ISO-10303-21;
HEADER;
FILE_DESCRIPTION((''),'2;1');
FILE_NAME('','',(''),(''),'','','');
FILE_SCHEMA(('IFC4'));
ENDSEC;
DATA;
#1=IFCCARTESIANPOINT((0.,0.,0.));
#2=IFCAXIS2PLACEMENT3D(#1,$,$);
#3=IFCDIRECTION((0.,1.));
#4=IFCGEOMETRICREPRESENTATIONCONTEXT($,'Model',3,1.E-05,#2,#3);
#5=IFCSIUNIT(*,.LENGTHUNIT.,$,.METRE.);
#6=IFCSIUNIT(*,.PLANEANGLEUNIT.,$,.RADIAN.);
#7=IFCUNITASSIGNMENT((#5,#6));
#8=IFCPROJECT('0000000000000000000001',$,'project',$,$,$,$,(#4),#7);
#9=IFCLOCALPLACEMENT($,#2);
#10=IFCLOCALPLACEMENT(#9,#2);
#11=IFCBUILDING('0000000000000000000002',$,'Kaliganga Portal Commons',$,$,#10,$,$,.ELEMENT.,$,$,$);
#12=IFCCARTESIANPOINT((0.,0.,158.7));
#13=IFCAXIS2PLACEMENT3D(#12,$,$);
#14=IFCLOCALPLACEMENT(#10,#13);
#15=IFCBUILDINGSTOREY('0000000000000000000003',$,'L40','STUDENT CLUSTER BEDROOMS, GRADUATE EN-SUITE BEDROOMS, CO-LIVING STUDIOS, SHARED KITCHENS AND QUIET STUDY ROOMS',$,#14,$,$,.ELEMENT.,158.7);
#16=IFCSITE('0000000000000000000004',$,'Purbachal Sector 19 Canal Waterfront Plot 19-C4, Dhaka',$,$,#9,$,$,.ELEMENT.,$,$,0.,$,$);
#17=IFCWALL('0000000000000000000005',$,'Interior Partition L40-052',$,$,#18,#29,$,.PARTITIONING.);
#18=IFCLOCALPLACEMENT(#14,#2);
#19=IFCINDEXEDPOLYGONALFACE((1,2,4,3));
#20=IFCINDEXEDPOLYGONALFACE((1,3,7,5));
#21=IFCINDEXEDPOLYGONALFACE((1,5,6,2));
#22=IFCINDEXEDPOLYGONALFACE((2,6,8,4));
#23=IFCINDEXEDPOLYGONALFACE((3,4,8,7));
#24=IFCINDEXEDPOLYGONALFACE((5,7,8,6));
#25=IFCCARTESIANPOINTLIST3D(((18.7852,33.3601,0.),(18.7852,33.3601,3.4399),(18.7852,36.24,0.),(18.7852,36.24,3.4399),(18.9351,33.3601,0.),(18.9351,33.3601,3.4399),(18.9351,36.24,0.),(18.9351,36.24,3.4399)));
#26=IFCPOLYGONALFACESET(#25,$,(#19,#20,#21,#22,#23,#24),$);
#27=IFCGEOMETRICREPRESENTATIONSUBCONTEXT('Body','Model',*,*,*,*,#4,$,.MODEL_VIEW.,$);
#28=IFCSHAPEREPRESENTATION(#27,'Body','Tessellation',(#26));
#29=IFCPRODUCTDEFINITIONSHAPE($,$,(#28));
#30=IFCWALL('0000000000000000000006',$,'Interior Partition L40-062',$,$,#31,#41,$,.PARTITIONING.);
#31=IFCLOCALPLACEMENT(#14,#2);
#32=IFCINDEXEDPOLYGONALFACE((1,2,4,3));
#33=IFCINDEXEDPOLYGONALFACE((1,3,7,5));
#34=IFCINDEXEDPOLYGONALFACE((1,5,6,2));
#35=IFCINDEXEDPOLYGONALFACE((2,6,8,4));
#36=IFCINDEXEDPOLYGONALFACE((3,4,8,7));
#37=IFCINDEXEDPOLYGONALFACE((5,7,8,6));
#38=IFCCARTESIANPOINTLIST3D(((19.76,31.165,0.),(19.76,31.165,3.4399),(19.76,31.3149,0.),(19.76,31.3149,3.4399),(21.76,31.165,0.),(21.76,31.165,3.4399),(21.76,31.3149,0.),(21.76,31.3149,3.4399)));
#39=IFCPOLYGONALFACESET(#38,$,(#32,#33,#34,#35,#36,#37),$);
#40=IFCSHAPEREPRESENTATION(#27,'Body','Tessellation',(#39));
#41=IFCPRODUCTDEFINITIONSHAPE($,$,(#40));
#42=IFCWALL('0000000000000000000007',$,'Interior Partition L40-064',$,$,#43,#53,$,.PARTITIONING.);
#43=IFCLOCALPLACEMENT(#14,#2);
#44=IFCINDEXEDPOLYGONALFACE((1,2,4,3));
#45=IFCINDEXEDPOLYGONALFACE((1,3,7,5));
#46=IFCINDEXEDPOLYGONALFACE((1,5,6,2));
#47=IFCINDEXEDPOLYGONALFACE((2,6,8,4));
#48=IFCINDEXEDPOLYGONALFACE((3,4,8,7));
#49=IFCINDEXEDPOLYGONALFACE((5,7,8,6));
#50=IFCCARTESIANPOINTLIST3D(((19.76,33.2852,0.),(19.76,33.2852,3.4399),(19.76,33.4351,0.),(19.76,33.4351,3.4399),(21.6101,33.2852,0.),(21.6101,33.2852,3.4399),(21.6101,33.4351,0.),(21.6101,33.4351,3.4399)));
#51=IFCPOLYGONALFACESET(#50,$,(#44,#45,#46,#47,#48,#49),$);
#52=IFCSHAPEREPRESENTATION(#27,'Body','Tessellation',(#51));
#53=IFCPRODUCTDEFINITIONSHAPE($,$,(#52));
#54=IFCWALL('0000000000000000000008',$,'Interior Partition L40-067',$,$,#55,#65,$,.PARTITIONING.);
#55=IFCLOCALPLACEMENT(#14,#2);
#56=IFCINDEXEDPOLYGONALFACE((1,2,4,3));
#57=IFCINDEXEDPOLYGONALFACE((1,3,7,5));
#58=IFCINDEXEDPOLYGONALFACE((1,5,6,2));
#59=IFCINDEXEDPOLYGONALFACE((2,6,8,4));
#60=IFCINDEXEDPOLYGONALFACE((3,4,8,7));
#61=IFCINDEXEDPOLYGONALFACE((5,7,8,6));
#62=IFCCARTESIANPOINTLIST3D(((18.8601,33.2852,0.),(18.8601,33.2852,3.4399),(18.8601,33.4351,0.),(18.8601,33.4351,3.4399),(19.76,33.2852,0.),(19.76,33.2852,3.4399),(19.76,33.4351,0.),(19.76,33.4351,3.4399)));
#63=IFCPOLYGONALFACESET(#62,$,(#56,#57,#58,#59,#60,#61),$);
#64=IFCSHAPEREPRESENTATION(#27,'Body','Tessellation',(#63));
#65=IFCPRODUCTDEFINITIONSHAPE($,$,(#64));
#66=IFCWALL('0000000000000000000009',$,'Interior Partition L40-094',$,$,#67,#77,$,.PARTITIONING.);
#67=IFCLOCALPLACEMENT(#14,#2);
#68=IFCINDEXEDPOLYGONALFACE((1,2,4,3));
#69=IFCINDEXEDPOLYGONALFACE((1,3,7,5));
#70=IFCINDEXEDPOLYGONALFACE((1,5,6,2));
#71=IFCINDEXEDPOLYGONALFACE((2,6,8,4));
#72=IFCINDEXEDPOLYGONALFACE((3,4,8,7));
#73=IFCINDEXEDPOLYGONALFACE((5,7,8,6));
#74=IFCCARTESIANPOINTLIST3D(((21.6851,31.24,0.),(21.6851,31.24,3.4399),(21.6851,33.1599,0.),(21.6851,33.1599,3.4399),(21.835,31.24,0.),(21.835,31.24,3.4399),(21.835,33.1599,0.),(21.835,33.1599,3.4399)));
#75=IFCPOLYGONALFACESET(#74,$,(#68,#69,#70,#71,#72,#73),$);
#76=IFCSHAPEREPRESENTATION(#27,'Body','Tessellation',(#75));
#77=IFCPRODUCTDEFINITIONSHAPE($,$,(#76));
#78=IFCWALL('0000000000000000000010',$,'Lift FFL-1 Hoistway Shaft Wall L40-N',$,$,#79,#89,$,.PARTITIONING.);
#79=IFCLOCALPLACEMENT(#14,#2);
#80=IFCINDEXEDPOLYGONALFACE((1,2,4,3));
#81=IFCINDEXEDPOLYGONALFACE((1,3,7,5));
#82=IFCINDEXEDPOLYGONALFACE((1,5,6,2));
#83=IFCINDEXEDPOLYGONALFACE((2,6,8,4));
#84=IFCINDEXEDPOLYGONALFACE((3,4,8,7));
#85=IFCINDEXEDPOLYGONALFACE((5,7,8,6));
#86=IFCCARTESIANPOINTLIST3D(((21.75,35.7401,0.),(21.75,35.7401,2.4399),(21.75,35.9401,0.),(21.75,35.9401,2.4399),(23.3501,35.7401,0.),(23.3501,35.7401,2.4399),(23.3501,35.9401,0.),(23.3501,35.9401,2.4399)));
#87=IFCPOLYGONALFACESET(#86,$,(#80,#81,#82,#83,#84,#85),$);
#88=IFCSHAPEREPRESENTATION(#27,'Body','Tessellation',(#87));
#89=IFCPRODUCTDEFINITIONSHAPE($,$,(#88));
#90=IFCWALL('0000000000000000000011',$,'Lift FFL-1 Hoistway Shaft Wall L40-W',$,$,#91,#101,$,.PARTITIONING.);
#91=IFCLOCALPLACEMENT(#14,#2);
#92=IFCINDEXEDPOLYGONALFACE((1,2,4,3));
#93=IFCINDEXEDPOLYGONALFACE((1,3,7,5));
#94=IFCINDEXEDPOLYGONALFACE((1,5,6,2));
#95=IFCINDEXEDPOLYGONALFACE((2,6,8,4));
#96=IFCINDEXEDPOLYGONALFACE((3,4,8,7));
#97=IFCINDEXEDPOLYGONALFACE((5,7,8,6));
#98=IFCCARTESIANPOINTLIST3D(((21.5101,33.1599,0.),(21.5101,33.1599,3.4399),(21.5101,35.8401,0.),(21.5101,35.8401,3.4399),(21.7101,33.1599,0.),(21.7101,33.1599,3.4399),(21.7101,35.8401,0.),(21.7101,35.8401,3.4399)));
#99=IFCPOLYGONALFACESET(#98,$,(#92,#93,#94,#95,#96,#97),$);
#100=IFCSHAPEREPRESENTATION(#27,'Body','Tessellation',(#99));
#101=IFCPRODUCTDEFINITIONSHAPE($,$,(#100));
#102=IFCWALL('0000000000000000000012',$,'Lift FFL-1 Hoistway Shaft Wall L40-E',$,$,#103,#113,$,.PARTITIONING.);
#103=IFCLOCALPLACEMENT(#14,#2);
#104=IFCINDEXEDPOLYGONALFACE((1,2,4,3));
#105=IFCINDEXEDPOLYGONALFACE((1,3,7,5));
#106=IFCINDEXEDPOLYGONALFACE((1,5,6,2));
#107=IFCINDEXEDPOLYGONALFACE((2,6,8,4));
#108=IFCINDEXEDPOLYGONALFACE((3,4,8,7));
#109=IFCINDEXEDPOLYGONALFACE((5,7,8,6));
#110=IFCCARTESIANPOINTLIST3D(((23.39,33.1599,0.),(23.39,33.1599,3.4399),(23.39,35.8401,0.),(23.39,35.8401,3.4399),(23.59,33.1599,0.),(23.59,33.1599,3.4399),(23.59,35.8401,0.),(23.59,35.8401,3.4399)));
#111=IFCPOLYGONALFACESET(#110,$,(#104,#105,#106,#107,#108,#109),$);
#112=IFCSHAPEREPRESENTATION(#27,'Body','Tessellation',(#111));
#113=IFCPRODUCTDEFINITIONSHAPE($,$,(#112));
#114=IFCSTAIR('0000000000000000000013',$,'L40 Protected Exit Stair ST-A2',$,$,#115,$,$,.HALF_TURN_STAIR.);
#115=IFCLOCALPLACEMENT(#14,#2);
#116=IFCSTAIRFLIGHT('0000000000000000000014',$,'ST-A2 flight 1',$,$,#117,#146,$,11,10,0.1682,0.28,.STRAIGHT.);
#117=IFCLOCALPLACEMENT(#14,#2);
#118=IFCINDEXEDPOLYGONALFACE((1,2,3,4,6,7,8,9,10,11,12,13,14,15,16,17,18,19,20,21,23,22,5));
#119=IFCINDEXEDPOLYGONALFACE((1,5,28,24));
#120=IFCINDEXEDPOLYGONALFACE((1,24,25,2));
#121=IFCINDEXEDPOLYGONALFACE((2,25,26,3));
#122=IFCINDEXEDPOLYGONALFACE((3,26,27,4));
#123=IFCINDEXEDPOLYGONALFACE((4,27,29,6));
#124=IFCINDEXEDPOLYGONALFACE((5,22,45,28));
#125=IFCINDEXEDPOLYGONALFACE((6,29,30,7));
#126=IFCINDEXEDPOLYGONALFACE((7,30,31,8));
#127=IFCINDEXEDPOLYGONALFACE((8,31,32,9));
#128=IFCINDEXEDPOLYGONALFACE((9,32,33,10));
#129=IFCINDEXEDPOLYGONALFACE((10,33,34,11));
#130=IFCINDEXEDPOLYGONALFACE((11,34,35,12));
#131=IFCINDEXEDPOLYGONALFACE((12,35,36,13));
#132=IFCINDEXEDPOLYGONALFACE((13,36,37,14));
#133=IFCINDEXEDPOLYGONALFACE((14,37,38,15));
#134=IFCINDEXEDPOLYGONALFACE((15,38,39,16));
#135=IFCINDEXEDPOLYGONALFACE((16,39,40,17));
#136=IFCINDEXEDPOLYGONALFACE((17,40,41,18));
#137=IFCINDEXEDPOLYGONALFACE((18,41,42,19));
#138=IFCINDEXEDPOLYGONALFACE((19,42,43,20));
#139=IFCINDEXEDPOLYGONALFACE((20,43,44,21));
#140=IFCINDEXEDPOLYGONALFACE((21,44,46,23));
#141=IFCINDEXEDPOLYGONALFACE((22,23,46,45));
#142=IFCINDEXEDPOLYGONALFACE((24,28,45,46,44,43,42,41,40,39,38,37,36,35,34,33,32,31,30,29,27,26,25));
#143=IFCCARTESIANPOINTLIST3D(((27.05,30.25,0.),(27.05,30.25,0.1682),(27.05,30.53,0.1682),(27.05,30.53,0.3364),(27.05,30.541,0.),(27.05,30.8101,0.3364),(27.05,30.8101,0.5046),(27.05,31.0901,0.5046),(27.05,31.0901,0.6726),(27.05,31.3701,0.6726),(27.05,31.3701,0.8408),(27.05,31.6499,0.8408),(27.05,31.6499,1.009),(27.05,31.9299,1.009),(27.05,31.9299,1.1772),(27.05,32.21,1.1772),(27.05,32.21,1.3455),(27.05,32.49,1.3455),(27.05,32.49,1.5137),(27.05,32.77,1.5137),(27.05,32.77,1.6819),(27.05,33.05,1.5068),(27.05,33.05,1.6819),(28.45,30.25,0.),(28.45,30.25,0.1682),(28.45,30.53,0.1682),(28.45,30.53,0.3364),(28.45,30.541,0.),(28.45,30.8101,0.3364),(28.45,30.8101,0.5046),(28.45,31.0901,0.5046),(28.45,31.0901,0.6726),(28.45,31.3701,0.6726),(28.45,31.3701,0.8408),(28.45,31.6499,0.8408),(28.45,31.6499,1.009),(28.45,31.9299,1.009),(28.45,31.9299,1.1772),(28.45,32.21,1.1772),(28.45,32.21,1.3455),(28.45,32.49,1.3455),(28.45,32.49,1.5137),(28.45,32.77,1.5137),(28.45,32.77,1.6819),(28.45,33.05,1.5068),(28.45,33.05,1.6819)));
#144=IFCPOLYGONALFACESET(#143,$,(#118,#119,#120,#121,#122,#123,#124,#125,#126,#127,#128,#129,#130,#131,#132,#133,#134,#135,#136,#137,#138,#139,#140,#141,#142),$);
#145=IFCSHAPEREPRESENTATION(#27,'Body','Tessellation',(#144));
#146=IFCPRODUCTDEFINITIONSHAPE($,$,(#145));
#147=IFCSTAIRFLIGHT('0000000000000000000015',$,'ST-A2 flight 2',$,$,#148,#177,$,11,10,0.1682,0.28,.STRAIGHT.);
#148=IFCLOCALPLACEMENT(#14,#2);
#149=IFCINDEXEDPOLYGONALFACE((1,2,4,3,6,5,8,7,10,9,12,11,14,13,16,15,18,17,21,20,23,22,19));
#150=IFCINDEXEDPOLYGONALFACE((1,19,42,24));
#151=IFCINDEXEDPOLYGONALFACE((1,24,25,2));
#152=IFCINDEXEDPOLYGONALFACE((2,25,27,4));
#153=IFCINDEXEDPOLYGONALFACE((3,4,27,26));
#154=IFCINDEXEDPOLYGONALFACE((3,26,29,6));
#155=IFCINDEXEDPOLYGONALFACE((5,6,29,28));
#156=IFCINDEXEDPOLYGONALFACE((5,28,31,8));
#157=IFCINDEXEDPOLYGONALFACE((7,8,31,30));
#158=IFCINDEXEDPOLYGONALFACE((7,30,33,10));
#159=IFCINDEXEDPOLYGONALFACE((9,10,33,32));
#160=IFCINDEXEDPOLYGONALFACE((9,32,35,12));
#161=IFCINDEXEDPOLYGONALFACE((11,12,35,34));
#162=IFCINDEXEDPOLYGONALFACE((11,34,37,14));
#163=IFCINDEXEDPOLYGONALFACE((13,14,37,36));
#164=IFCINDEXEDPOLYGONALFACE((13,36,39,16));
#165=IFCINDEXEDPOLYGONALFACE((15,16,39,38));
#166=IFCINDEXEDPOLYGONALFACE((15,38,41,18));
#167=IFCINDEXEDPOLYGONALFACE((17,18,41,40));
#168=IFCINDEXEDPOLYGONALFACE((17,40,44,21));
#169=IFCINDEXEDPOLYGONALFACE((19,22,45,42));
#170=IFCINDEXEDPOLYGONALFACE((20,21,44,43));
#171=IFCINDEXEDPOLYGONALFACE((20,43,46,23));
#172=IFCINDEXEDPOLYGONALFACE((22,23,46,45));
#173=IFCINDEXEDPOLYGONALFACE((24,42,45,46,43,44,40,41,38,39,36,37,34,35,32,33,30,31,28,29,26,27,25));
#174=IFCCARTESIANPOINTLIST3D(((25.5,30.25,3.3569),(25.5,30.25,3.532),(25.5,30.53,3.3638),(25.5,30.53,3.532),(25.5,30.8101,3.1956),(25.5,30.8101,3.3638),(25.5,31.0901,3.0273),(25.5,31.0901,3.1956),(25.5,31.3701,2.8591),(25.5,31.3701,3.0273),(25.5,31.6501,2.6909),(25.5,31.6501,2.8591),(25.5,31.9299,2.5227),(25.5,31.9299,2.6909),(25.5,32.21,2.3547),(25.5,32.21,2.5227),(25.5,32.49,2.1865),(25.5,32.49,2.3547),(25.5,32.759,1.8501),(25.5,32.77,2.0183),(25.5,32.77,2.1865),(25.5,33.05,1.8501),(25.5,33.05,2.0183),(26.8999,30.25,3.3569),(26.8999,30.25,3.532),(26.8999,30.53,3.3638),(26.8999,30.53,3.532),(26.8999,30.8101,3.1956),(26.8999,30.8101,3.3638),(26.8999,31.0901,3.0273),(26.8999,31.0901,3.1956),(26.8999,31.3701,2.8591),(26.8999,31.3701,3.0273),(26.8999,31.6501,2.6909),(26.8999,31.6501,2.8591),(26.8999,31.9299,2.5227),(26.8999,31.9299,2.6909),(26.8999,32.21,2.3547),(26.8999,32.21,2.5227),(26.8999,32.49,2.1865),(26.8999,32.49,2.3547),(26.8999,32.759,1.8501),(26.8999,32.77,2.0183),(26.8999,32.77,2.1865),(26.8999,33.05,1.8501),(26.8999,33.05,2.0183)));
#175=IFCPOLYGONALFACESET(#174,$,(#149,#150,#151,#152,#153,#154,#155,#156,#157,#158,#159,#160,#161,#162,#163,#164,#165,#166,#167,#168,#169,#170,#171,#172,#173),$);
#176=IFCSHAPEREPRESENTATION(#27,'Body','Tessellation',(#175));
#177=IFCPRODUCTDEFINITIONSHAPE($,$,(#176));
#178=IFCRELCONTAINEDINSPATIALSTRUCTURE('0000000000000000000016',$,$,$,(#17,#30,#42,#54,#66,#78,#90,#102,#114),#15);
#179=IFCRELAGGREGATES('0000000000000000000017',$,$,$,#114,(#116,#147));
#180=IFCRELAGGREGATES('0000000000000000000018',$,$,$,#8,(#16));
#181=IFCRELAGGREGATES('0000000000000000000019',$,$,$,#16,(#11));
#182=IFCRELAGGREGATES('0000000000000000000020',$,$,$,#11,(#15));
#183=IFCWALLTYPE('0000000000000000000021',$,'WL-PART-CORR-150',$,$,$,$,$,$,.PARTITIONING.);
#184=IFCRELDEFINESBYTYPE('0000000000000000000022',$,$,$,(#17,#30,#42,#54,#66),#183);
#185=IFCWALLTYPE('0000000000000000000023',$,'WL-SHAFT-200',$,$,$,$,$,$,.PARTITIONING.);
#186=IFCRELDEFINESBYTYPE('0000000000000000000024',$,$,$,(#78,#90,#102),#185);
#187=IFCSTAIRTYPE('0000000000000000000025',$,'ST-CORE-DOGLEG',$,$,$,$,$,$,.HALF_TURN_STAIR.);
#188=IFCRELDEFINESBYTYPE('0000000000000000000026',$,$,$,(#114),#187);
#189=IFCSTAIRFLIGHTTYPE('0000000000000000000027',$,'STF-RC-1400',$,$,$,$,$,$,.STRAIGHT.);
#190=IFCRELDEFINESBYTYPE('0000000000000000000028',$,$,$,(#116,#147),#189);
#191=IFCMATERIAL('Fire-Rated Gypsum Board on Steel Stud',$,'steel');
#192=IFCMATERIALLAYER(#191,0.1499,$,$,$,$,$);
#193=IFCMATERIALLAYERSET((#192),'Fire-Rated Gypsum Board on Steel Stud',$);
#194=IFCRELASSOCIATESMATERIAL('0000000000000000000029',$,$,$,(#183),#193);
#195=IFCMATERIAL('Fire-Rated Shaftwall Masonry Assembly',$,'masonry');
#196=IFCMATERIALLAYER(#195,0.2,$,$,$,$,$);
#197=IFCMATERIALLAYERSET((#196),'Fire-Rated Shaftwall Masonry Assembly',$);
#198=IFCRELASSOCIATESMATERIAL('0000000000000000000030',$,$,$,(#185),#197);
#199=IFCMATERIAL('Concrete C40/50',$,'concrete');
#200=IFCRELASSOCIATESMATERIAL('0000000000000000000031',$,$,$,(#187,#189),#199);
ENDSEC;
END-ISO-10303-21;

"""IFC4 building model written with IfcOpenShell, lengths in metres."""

from ifc_helpers import new_model, si_unit, direction, frame, frame_2d, origin, place, context, subcontext, project, spatial, polyline, rectangle, outline, extrude, material, layer, layer_set, type_object, element, aggregate, save


model = new_model("IFC4")

# Units and contexts
model_context = context("Model", 3, precision=1e-05, world=origin(), true_north=direction((0.0, 1.0)))
body_context = subcontext(model_context, "Body", "Model", "MODEL_VIEW")
ifc_project = project(units=[si_unit("LENGTHUNIT", "METRE"), si_unit("PLANEANGLEUNIT", "RADIAN")], contexts=[model_context])

# Site, building, storey
site_placement = place(None, origin())
site = spatial("IfcSite", under=ifc_project, at=site_placement, Name="Purbachal Sector 19 Canal Waterfront Plot 19-C4, Dhaka", CompositionType="ELEMENT", RefElevation=0.0)
building_placement = place(site_placement, origin())
building = spatial("IfcBuilding", under=site, at=building_placement, Name="Kaliganga Portal Commons", CompositionType="ELEMENT")
storey_placement = place(building_placement, frame((0.0, 0.0, 158.7)))
storey = spatial("IfcBuildingStorey", under=building, at=storey_placement, Name="L40", Description="STUDENT CLUSTER BEDROOMS, GRADUATE EN-SUITE BEDROOMS, CO-LIVING STUDIOS, SHARED KITCHENS AND QUIET STUDY ROOMS", CompositionType="ELEMENT", Elevation=158.7)

# Walls
ifc_material_1 = material(Name="Fire-Rated Gypsum Board on Steel Stud", Category="steel")
ifc_layer_1 = layer(ifc_material_1, 0.1499)
ifc_layer_set_1 = layer_set([ifc_layer_1], Name="Fire-Rated Gypsum Board on Steel Stud")
wall_type_1 = type_object("IfcWallType", Name="WL-PART-CORR-150", PredefinedType="PARTITIONING", material=ifc_layer_set_1)
wall_1_placement = place(storey_placement, frame((18.8601, 33.3601, 0.0), z_axis=(0.0, 0.0, 1.0), x_axis=(0.0, 1.0, 0.0)))
element("IfcWall", 1, at=wall_1_placement, inside=storey, type_object=wall_type_1, Name="Interior Partition L40-052", PredefinedType="PARTITIONING", context=body_context, shape_type="SweptSolid", body=[
    extrude(rectangle(XDim=2.8799, YDim=0.1499, at=frame_2d((1.4399, 0.0))), origin(), (0.0, 0.0, 1.0), 3.4399),
])
wall_2_placement = place(storey_placement, frame((19.76, 31.24, 0.0), z_axis=(0.0, 0.0, 1.0), x_axis=(1.0, 0.0, 0.0)))
element("IfcWall", 2, at=wall_2_placement, inside=storey, type_object=wall_type_1, Name="Interior Partition L40-062", PredefinedType="PARTITIONING", context=body_context, shape_type="SweptSolid", body=[
    extrude(rectangle(XDim=2.0, YDim=0.1499, at=frame_2d((1.0, 0.0))), origin(), (0.0, 0.0, 1.0), 3.4399),
])
wall_3_placement = place(storey_placement, frame((19.76, 33.3601, 0.0), z_axis=(0.0, 0.0, 1.0), x_axis=(1.0, 0.0, 0.0)))
element("IfcWall", 3, at=wall_3_placement, inside=storey, type_object=wall_type_1, Name="Interior Partition L40-064", PredefinedType="PARTITIONING", context=body_context, shape_type="SweptSolid", body=[
    extrude(rectangle(XDim=1.8501, YDim=0.1499, at=frame_2d((0.925, 0.0))), origin(), (0.0, 0.0, 1.0), 3.4399),
])
wall_4_placement = place(storey_placement, frame((18.8601, 33.3601, 0.0), z_axis=(0.0, 0.0, 1.0), x_axis=(1.0, 0.0, 0.0)))
element("IfcWall", 4, at=wall_4_placement, inside=storey, type_object=wall_type_1, Name="Interior Partition L40-067", PredefinedType="PARTITIONING", context=body_context, shape_type="SweptSolid", body=[
    extrude(rectangle(XDim=0.8999, YDim=0.1499, at=frame_2d((0.45, 0.0))), origin(), (0.0, 0.0, 1.0), 3.4399),
])
wall_5_placement = place(storey_placement, frame((21.76, 31.24, 0.0), z_axis=(0.0, 0.0, 1.0), x_axis=(0.0, 1.0, 0.0)))
element("IfcWall", 5, at=wall_5_placement, inside=storey, type_object=wall_type_1, Name="Interior Partition L40-094", PredefinedType="PARTITIONING", context=body_context, shape_type="SweptSolid", body=[
    extrude(rectangle(XDim=1.9199, YDim=0.1499, at=frame_2d((0.96, 0.0))), origin(), (0.0, 0.0, 1.0), 3.4399),
])

# Shared definitions
ifc_material_2 = material(Name="Fire-Rated Shaftwall Masonry Assembly", Category="masonry")
ifc_layer_2 = layer(ifc_material_2, 0.2)
ifc_layer_set_2 = layer_set([ifc_layer_2], Name="Fire-Rated Shaftwall Masonry Assembly")
wall_type_2 = type_object("IfcWallType", Name="WL-SHAFT-200", PredefinedType="PARTITIONING", material=ifc_layer_set_2)

# Walls
wall_6_placement = place(storey_placement, frame((21.75, 35.8401, 0.0), z_axis=(0.0, 0.0, 1.0), x_axis=(1.0, 0.0, 0.0)))
element("IfcWall", 6, at=wall_6_placement, inside=storey, type_object=wall_type_2, Name="Lift FFL-1 Hoistway Shaft Wall L40-N", PredefinedType="PARTITIONING", context=body_context, shape_type="SweptSolid", body=[
    extrude(rectangle(XDim=1.6001, YDim=0.2, at=frame_2d((0.8, 0.0))), origin(), (0.0, 0.0, 1.0), 2.4399),
])
for number, where, z_axis, x_axis, name in (
    (7, (21.6101, 33.1599, 0.0), (0.0, 0.0, 1.0), (0.0, 1.0, 0.0), "Lift FFL-1 Hoistway Shaft Wall L40-W"),
    (8, (23.49, 33.1599, 0.0), (0.0, 0.0, 1.0), (0.0, 1.0, 0.0), "Lift FFL-1 Hoistway Shaft Wall L40-E"),
):
    element("IfcWall", number, at=place(storey_placement, frame(where, z_axis=z_axis, x_axis=x_axis)), inside=storey, type_object=wall_type_2, Name=name, PredefinedType="PARTITIONING", context=body_context, shape_type="SweptSolid", body=[
        extrude(rectangle(XDim=2.6802, YDim=0.2, at=frame_2d((1.3401, 0.0))), origin(), (0.0, 0.0, 1.0), 3.4399),
    ])

# Stair, stair flights
ifc_material_3 = material(Name="Concrete C40/50", Category="concrete")
stair_type = type_object("IfcStairType", Name="ST-CORE-DOGLEG", PredefinedType="HALF_TURN_STAIR", material=ifc_material_3)
stair_placement = place(storey_placement, origin())
stair = element("IfcStair", 9, at=stair_placement, inside=storey, type_object=stair_type, Name="L40 Protected Exit Stair ST-A2", PredefinedType="HALF_TURN_STAIR")
stair_flight_type = type_object("IfcStairFlightType", Name="STF-RC-1400", PredefinedType="STRAIGHT", material=ifc_material_3)
stair_flight_1_placement = place(storey_placement, frame((27.75, 30.25, 0.0), z_axis=(0.0, 0.0, 1.0), x_axis=(0.0, 1.0, 0.0)))
stair_flight_1 = element("IfcStairFlight", 10, at=stair_flight_1_placement, type_object=stair_flight_type, Name="ST-A2 flight 1", NumberOfRisers=11, NumberOfTreads=10, PredefinedType="STRAIGHT", RiserHeight=0.1682, TreadLength=0.28, context=body_context, shape_type="SweptSolid", body=[
    extrude(outline(polyline([(0.0, 0.0), (0.0, 0.1682), (0.28, 0.1682), (0.28, 0.3364), (0.5601, 0.3364), (0.5601, 0.5046), (0.8401, 0.5046), (0.8401, 0.6726), (1.1201, 0.6726), (1.1201, 0.8408), (1.3999, 0.8408), (1.3999, 1.009), (1.6799, 1.009), (1.6799, 1.1772), (1.96, 1.1772), (1.96, 1.3455), (2.24, 1.3455), (2.24, 1.5137), (2.52, 1.5137), (2.52, 1.6819), (2.8, 1.6819), (2.8, 1.8501), (2.8, 1.5068), (0.291, 0.0), (0.0, 0.0)])), frame((0.0, 0.7, 0.0), z_axis=(0.0, -1.0, 0.0), x_axis=(1.0, 0.0, 0.0)), (0.0, 0.0, 1.0), 1.3999),
])
stair_flight_2_placement = place(storey_placement, frame((26.2, 33.05, 1.8501), z_axis=(0.0, 0.0, 1.0), x_axis=(0.0, -1.0, 0.0)))
stair_flight_2 = element("IfcStairFlight", 11, at=stair_flight_2_placement, type_object=stair_flight_type, Name="ST-A2 flight 2", NumberOfRisers=11, NumberOfTreads=10, PredefinedType="STRAIGHT", RiserHeight=0.1682, TreadLength=0.28, context=body_context, shape_type="SweptSolid", body=[
    extrude(outline(polyline([(0.0, 0.0), (0.0, 0.1682), (0.28, 0.1682), (0.28, 0.3364), (0.5601, 0.3364), (0.5601, 0.5046), (0.8401, 0.5046), (0.8401, 0.6726), (1.1201, 0.6726), (1.1201, 0.8408), (1.3999, 0.8408), (1.3999, 1.009), (1.6799, 1.009), (1.6799, 1.1772), (1.96, 1.1772), (1.96, 1.3455), (2.24, 1.3455), (2.24, 1.5137), (2.52, 1.5137), (2.52, 1.6819), (2.8, 1.6819), (2.8, 1.8501), (2.8, 1.5068), (0.291, 0.0), (0.0, 0.0)])), frame((0.0, 0.7, 0.0), z_axis=(0.0, -1.0, 0.0), x_axis=(1.0, 0.0, 0.0)), (0.0, 0.0, 1.0), 1.3999),
])
aggregate(stair, [stair_flight_1, stair_flight_2])

save(model, "model.ifc")
